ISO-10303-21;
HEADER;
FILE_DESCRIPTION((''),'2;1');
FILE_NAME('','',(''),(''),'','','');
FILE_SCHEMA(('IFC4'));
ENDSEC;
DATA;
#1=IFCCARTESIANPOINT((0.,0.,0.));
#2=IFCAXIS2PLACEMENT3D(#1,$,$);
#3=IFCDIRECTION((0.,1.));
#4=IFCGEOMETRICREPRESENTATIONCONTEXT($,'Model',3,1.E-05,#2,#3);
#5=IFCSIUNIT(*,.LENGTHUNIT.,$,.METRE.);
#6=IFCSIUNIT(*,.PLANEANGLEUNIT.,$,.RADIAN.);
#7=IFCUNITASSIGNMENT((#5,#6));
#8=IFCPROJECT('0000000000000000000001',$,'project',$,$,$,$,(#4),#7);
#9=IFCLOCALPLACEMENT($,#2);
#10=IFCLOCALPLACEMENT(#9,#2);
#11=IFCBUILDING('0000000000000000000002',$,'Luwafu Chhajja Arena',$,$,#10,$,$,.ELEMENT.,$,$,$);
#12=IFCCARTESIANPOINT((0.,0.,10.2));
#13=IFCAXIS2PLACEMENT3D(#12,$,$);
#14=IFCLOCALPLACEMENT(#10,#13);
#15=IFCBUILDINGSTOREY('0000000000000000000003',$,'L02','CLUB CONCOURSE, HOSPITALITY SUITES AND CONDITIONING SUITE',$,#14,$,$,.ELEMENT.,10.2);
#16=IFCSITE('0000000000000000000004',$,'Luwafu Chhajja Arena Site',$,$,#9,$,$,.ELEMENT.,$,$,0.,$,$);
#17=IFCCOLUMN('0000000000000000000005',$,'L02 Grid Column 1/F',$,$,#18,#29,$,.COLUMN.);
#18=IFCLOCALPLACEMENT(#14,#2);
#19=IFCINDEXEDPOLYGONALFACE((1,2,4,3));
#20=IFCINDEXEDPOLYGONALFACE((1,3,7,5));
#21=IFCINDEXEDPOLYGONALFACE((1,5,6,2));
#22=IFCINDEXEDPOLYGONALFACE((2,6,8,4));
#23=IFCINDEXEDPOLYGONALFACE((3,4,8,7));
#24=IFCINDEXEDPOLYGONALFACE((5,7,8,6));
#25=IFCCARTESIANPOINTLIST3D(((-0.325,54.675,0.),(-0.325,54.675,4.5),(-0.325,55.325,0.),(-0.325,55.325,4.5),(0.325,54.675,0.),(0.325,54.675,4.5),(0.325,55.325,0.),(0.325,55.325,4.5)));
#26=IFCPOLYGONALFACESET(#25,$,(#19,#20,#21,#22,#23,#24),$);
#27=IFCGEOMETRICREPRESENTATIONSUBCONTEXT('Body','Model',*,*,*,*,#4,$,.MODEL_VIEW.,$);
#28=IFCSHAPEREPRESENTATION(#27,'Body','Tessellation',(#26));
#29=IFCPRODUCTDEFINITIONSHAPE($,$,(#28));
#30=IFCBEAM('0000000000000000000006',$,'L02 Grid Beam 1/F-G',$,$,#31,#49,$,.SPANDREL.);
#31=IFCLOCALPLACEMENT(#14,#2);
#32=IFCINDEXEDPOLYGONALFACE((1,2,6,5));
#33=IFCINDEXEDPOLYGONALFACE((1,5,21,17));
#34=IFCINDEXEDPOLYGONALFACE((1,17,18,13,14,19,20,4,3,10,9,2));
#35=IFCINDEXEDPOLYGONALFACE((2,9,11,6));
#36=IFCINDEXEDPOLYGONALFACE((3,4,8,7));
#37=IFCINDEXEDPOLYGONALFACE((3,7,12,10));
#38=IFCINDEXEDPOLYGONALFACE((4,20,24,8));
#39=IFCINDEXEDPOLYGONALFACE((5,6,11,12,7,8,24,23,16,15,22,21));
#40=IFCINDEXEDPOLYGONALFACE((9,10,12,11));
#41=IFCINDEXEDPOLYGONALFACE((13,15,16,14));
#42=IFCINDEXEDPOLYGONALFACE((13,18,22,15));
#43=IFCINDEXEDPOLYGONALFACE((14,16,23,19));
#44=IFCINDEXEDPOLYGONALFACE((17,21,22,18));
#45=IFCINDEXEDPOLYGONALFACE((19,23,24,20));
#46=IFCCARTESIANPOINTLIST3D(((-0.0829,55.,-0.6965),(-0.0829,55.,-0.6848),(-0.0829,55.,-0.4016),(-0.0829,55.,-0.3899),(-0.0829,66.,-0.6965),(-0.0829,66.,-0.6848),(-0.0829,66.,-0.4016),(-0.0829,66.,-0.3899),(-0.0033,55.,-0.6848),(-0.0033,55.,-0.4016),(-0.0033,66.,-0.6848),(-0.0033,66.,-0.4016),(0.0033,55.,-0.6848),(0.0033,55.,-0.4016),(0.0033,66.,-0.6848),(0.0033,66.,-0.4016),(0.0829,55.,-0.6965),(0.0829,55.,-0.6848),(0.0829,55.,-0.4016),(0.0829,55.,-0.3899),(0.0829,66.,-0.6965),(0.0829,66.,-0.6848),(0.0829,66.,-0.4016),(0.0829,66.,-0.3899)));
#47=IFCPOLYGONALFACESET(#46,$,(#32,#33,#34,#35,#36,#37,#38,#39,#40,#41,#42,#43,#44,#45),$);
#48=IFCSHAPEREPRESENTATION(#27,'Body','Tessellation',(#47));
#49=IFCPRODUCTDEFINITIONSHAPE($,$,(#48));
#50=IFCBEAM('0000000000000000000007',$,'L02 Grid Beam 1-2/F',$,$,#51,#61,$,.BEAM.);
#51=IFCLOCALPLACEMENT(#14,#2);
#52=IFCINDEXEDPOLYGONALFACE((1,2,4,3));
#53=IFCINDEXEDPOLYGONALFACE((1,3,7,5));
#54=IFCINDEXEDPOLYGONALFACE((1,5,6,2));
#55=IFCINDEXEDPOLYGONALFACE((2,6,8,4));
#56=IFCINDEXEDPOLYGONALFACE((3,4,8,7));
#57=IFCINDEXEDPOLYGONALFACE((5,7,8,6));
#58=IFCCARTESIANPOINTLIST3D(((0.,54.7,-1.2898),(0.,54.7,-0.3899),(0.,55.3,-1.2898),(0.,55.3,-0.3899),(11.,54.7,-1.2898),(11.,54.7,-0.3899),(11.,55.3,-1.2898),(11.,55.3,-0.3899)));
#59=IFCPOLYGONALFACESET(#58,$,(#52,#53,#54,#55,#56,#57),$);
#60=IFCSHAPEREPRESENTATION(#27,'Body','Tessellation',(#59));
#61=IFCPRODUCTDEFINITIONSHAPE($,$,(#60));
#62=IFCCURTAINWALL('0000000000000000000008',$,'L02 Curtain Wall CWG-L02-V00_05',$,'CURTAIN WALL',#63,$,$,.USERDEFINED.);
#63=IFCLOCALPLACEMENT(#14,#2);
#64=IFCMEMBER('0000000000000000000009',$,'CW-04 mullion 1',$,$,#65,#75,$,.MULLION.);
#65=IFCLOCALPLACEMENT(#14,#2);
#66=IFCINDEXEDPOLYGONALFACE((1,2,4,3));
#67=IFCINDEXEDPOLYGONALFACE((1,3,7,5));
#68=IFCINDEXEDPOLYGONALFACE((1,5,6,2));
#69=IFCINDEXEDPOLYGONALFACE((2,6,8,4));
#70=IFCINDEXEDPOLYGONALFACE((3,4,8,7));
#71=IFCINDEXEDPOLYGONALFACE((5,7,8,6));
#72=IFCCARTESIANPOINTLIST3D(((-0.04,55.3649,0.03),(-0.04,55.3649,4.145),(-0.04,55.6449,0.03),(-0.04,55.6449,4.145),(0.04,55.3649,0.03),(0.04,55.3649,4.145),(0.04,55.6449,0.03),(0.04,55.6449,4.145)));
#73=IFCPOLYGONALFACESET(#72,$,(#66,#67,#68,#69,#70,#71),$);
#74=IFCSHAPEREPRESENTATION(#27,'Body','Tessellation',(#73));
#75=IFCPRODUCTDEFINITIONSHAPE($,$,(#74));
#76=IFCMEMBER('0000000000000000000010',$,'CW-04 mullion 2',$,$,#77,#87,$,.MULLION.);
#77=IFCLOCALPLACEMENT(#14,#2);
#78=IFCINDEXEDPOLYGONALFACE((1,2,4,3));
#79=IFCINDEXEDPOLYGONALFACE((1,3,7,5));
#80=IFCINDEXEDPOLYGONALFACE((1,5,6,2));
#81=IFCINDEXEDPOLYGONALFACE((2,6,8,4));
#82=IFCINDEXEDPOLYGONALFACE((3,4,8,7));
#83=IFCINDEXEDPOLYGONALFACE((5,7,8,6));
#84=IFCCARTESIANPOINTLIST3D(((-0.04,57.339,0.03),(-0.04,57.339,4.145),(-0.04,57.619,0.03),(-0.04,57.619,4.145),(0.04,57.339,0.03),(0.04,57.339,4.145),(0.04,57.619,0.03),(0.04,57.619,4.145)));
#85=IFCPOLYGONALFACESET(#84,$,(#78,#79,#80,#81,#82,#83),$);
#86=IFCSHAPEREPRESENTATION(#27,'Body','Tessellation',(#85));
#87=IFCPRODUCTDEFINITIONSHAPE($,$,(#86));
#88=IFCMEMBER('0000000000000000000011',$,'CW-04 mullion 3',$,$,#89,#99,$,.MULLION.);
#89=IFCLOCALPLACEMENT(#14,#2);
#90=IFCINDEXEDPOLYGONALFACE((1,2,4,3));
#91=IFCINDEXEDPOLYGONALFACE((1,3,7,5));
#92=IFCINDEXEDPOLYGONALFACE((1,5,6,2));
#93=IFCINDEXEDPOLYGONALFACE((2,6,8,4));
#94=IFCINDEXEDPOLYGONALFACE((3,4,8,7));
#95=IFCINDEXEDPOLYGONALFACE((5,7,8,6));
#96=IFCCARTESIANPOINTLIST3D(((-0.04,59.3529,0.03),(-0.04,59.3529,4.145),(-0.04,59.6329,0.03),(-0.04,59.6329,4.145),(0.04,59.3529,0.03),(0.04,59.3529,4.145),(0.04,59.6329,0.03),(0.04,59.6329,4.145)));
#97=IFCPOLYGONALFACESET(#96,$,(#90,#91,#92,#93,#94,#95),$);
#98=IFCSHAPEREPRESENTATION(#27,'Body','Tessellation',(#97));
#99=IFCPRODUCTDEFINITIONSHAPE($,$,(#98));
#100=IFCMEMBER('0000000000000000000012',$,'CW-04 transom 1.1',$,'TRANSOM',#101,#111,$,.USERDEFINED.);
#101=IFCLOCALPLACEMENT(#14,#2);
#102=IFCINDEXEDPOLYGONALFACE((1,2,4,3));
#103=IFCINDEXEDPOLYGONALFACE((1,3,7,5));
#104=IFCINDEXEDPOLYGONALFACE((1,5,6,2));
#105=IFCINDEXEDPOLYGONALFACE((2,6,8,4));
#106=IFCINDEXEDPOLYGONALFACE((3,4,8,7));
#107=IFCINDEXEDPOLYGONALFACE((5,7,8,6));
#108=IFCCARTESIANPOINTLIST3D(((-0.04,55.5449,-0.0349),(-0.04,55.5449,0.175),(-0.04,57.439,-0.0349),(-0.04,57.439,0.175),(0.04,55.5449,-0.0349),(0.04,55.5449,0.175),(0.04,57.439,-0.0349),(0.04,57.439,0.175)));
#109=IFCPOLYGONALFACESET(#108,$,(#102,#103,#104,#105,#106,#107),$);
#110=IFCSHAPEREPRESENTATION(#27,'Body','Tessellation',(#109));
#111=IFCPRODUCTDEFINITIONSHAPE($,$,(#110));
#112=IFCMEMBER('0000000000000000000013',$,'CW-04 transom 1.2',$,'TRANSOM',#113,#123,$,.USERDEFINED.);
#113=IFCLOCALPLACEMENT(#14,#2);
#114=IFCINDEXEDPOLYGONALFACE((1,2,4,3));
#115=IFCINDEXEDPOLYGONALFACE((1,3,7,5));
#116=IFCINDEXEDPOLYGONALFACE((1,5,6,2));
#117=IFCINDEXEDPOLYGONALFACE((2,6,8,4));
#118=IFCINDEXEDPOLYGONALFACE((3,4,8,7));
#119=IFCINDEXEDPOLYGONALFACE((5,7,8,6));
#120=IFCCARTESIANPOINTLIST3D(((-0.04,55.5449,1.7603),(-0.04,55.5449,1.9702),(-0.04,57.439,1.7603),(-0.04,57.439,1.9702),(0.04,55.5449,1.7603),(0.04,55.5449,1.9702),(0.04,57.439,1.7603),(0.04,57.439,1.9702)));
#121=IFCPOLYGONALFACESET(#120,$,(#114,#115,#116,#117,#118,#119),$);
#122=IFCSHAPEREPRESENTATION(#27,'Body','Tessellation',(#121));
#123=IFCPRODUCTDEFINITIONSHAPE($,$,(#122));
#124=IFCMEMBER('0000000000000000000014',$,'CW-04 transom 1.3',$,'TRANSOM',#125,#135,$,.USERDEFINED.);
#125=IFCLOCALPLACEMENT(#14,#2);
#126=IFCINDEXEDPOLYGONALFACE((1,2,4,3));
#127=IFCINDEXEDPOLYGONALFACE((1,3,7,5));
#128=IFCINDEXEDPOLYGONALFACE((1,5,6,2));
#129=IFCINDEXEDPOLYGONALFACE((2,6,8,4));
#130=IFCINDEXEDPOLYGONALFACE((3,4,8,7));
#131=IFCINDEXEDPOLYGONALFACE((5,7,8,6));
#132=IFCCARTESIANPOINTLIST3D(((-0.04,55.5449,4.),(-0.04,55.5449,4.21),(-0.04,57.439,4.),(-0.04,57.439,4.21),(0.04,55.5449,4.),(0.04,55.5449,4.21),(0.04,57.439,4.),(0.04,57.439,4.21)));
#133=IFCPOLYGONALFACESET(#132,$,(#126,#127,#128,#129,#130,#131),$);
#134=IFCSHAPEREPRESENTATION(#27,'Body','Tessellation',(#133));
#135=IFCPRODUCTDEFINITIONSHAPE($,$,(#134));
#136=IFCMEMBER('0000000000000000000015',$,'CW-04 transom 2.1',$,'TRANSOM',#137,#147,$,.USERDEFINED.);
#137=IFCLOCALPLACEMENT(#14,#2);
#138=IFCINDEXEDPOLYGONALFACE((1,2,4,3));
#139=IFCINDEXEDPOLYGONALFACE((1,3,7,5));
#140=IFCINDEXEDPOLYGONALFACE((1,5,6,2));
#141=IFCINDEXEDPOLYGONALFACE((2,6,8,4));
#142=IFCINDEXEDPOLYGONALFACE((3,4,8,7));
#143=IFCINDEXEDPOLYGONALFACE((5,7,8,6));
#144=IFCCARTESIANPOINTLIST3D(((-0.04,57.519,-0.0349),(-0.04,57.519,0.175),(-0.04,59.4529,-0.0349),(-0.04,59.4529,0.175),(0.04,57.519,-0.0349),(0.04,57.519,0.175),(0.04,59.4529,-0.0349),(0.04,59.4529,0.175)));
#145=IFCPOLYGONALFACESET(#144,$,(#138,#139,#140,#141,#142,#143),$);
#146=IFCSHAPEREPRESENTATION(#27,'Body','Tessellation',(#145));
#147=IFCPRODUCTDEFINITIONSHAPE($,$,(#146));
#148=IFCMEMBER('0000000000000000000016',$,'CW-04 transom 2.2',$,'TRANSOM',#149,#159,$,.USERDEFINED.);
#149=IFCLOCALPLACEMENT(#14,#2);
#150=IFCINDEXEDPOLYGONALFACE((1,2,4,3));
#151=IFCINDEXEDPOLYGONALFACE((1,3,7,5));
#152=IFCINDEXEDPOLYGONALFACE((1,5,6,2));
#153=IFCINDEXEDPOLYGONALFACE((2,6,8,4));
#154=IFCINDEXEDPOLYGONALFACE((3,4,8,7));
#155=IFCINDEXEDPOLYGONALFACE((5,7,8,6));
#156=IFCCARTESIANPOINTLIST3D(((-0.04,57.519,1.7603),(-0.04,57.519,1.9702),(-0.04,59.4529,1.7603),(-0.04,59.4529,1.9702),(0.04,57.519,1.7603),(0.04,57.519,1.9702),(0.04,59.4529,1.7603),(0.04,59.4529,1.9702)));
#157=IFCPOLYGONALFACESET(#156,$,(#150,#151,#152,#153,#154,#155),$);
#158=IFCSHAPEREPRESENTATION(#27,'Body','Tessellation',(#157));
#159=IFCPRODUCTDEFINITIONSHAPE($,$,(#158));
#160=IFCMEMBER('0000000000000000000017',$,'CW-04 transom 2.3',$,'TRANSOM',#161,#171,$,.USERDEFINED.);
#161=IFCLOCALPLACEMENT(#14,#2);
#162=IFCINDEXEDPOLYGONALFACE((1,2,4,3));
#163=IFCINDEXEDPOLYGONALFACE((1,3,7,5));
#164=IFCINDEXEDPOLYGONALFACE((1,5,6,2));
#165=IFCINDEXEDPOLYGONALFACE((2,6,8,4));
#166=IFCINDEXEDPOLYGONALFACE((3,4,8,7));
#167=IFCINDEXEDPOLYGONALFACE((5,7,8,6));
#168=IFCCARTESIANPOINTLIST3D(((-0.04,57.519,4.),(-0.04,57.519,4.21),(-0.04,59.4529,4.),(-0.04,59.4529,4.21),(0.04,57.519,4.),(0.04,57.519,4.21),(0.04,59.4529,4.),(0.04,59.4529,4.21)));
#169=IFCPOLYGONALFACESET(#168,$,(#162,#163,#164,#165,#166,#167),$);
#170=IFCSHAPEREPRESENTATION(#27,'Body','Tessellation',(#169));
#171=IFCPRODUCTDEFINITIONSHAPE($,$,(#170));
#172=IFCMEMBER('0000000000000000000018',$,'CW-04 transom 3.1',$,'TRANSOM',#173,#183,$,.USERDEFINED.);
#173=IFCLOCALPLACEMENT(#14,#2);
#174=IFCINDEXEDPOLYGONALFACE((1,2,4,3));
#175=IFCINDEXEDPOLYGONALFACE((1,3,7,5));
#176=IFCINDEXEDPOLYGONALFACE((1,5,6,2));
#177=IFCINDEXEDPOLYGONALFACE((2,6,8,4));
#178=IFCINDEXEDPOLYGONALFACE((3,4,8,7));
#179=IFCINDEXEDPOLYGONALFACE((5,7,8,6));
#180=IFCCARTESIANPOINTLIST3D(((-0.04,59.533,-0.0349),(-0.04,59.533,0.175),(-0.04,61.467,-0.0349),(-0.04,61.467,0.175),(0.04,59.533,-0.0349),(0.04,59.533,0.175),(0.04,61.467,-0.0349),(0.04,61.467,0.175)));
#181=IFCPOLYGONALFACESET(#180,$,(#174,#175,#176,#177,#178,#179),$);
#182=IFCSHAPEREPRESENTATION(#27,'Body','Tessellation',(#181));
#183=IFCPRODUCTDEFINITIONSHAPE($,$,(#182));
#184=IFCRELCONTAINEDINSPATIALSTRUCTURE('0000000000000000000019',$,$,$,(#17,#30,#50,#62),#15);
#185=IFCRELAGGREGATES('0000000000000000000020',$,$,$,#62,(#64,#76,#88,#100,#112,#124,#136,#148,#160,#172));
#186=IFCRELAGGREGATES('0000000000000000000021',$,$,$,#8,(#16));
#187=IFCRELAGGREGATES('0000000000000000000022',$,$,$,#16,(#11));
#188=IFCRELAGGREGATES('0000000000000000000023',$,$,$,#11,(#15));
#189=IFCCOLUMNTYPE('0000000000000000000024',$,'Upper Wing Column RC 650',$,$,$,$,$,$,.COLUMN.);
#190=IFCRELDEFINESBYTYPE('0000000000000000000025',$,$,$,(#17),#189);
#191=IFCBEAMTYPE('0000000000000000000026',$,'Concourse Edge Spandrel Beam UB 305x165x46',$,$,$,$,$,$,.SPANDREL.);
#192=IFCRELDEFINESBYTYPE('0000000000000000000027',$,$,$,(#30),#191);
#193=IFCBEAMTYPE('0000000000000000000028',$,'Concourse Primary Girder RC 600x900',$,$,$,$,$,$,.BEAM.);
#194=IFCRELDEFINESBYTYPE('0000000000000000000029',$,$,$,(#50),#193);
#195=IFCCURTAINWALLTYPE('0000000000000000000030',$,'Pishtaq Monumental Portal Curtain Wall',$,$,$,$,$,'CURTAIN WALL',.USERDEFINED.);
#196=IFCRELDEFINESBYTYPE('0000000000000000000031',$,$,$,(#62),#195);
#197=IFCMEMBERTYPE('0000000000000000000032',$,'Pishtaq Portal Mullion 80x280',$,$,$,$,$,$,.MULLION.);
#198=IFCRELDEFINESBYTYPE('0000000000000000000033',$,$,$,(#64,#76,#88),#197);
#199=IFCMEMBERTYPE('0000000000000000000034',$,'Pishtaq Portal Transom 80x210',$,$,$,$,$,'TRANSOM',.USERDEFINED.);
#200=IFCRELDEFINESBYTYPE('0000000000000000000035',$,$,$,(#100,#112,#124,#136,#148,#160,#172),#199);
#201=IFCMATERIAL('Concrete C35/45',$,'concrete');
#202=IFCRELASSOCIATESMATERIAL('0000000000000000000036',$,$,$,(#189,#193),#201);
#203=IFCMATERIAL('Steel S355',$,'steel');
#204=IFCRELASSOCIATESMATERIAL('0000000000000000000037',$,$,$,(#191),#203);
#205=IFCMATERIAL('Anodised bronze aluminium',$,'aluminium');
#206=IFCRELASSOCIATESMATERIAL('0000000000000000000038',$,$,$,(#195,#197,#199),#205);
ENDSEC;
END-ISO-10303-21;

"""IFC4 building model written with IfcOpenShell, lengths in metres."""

from ifc_helpers import new_model, si_unit, direction, frame, origin, origin_2d, place, context, subcontext, project, spatial, rectangle, i_section, extrude, material, material_profile, profile_set, type_object, element, aggregate, save


model = new_model("IFC4")

# Units and contexts
model_context = context("Model", 3, precision=1e-05, world=origin(), true_north=direction((0.0, 1.0)))
body_context = subcontext(model_context, "Body", "Model", "MODEL_VIEW")
ifc_project = project(units=[si_unit("LENGTHUNIT", "METRE"), si_unit("PLANEANGLEUNIT", "RADIAN")], contexts=[model_context])

# Site, building, storey
site_placement = place(None, origin())
site = spatial("IfcSite", under=ifc_project, at=site_placement, Name="Luwafu Chhajja Arena Site", CompositionType="ELEMENT", RefElevation=0.0)
building_placement = place(site_placement, origin())
building = spatial("IfcBuilding", under=site, at=building_placement, Name="Luwafu Chhajja Arena", CompositionType="ELEMENT")
storey_placement = place(building_placement, frame((0.0, 0.0, 10.2)))
storey = spatial("IfcBuildingStorey", under=building, at=storey_placement, Name="L02", Description="CLUB CONCOURSE, HOSPITALITY SUITES AND CONDITIONING SUITE", CompositionType="ELEMENT", Elevation=10.2)

# Column
ifc_material_1 = material(Name="Concrete C35/45", Category="concrete")
ifc_material_profile_1 = material_profile(ifc_material_1, rectangle(XDim=0.6499, YDim=0.6499, at=origin_2d()), Name="RC 650x650")
ifc_profile_set_1 = profile_set([ifc_material_profile_1], Name="Concrete C35/45")
column_type = type_object("IfcColumnType", Name="Upper Wing Column RC 650", PredefinedType="COLUMN", material=ifc_profile_set_1)
column_placement = place(storey_placement, frame((0.0, 55.0, 0.0), z_axis=(0.0, 0.0, 1.0), x_axis=(1.0, 0.0, 0.0)))
element("IfcColumn", 1, at=column_placement, inside=storey, type_object=column_type, Name="L02 Grid Column 1/F", PredefinedType="COLUMN", context=body_context, shape_type="SweptSolid", body=[
    extrude(rectangle(XDim=0.6499, YDim=0.6499, at=origin_2d()), origin(), (0.0, 0.0, 1.0), 4.5),
])

# Beams
ifc_material_2 = material(Name="Steel S355", Category="steel")
ifc_material_profile_2 = material_profile(ifc_material_2, i_section(OverallWidth=0.1658, OverallDepth=0.3066, WebThickness=0.0066, FlangeThickness=0.0117, at=origin_2d()), Name="UB 305x165x46")
ifc_profile_set_2 = profile_set([ifc_material_profile_2], Name="Steel S355")
beam_type_1 = type_object("IfcBeamType", Name="Concourse Edge Spandrel Beam UB 305x165x46", PredefinedType="SPANDREL", material=ifc_profile_set_2)
beam_1_placement = place(storey_placement, frame((0.0, 55.0, -0.5432), z_axis=(0.0, 1.0, 0.0), x_axis=(-1.0, 0.0, 0.0)))
element("IfcBeam", 2, at=beam_1_placement, inside=storey, type_object=beam_type_1, Name="L02 Grid Beam 1/F-G", PredefinedType="SPANDREL", context=body_context, shape_type="SweptSolid", body=[
    extrude(i_section(OverallWidth=0.1658, OverallDepth=0.3066, WebThickness=0.0066, FlangeThickness=0.0117, at=origin_2d()), origin(), (0.0, 0.0, 1.0), 11.0),
])
ifc_material_profile_3 = material_profile(ifc_material_1, rectangle(XDim=0.6001, YDim=0.8999, at=origin_2d()), Name="RC 600x900")
ifc_profile_set_3 = profile_set([ifc_material_profile_3], Name="Concrete C35/45")
beam_type_2 = type_object("IfcBeamType", Name="Concourse Primary Girder RC 600x900", PredefinedType="BEAM", material=ifc_profile_set_3)
beam_2_placement = place(storey_placement, frame((0.0, 55.0, -0.8398), z_axis=(1.0, 0.0, 0.0), x_axis=(0.0, 1.0, 0.0)))
element("IfcBeam", 3, at=beam_2_placement, inside=storey, type_object=beam_type_2, Name="L02 Grid Beam 1-2/F", PredefinedType="BEAM", context=body_context, shape_type="SweptSolid", body=[
    extrude(rectangle(XDim=0.6001, YDim=0.8999, at=origin_2d()), origin(), (0.0, 0.0, 1.0), 11.0),
])

# Curtain wall, members
ifc_material_3 = material(Name="Anodised bronze aluminium", Category="aluminium")
curtain_wall_type = type_object("IfcCurtainWallType", Name="Pishtaq Monumental Portal Curtain Wall", ElementType="CURTAIN WALL", PredefinedType="USERDEFINED", material=ifc_material_3)
curtain_wall_placement = place(storey_placement, origin())
curtain_wall = element("IfcCurtainWall", 4, at=curtain_wall_placement, inside=storey, type_object=curtain_wall_type, Name="L02 Curtain Wall CWG-L02-V00_05", ObjectType="CURTAIN WALL", PredefinedType="USERDEFINED")
ifc_material_profile_4 = material_profile(ifc_material_3, rectangle(XDim=0.0801, YDim=0.28, at=origin_2d()), Name="CWM 80x280")
ifc_profile_set_4 = profile_set([ifc_material_profile_4], Name="Anodised bronze aluminium")
member_type_1 = type_object("IfcMemberType", Name="Pishtaq Portal Mullion 80x280", PredefinedType="MULLION", material=ifc_profile_set_4)
member_1_placement = place(storey_placement, frame((0.0, 55.5049, 0.03), z_axis=(0.0, 0.0, 1.0), x_axis=(-1.0, 0.0, 0.0)))
member_1 = element("IfcMember", 5, at=member_1_placement, type_object=member_type_1, Name="CW-04 mullion 1", PredefinedType="MULLION", context=body_context, shape_type="SweptSolid", body=[
    extrude(rectangle(XDim=0.0801, YDim=0.28, at=origin_2d()), origin(), (0.0, 0.0, 1.0), 4.115),
])
member_2_placement = place(storey_placement, frame((0.0, 57.479, 0.03), z_axis=(0.0, 0.0, 1.0), x_axis=(-1.0, 0.0, 0.0)))
member_2 = element("IfcMember", 6, at=member_2_placement, type_object=member_type_1, Name="CW-04 mullion 2", PredefinedType="MULLION", context=body_context, shape_type="SweptSolid", body=[
    extrude(rectangle(XDim=0.0801, YDim=0.28, at=origin_2d()), origin(), (0.0, 0.0, 1.0), 4.115),
])
member_3_placement = place(storey_placement, frame((0.0, 59.4929, 0.03), z_axis=(0.0, 0.0, 1.0), x_axis=(-1.0, 0.0, 0.0)))
member_3 = element("IfcMember", 7, at=member_3_placement, type_object=member_type_1, Name="CW-04 mullion 3", PredefinedType="MULLION", context=body_context, shape_type="SweptSolid", body=[
    extrude(rectangle(XDim=0.0801, YDim=0.28, at=origin_2d()), origin(), (0.0, 0.0, 1.0), 4.115),
])
ifc_material_profile_5 = material_profile(ifc_material_3, rectangle(XDim=0.0801, YDim=0.21, at=origin_2d()), Name="CWT 80x210")
ifc_profile_set_5 = profile_set([ifc_material_profile_5], Name="Anodised bronze aluminium")
member_type_2 = type_object("IfcMemberType", Name="Pishtaq Portal Transom 80x210", ElementType="TRANSOM", PredefinedType="USERDEFINED", material=ifc_profile_set_5)
member_4_placement = place(storey_placement, frame((0.0, 55.5449, 0.0701), z_axis=(0.0, 1.0, 0.0), x_axis=(-1.0, 0.0, 0.0)))
member_4 = element("IfcMember", 8, at=member_4_placement, type_object=member_type_2, Name="CW-04 transom 1.1", ObjectType="TRANSOM", PredefinedType="USERDEFINED", context=body_context, shape_type="SweptSolid", body=[
    extrude(rectangle(XDim=0.0801, YDim=0.21, at=origin_2d()), origin(), (0.0, 0.0, 1.0), 1.894),
])
member_5_placement = place(storey_placement, frame((0.0, 55.5449, 1.8652), z_axis=(0.0, 1.0, 0.0), x_axis=(-1.0, 0.0, 0.0)))
member_5 = element("IfcMember", 9, at=member_5_placement, type_object=member_type_2, Name="CW-04 transom 1.2", ObjectType="TRANSOM", PredefinedType="USERDEFINED", context=body_context, shape_type="SweptSolid", body=[
    extrude(rectangle(XDim=0.0801, YDim=0.21, at=origin_2d()), origin(), (0.0, 0.0, 1.0), 1.894),
])
member_6_placement = place(storey_placement, frame((0.0, 55.5449, 4.105), z_axis=(0.0, 1.0, 0.0), x_axis=(-1.0, 0.0, 0.0)))
member_6 = element("IfcMember", 10, at=member_6_placement, type_object=member_type_2, Name="CW-04 transom 1.3", ObjectType="TRANSOM", PredefinedType="USERDEFINED", context=body_context, shape_type="SweptSolid", body=[
    extrude(rectangle(XDim=0.0801, YDim=0.21, at=origin_2d()), origin(), (0.0, 0.0, 1.0), 1.894),
])
member_7_placement = place(storey_placement, frame((0.0, 57.519, 0.0701), z_axis=(0.0, 1.0, 0.0), x_axis=(-1.0, 0.0, 0.0)))
member_7 = element("IfcMember", 11, at=member_7_placement, type_object=member_type_2, Name="CW-04 transom 2.1", ObjectType="TRANSOM", PredefinedType="USERDEFINED", context=body_context, shape_type="SweptSolid", body=[
    extrude(rectangle(XDim=0.0801, YDim=0.21, at=origin_2d()), origin(), (0.0, 0.0, 1.0), 1.9338),
])
member_8_placement = place(storey_placement, frame((0.0, 57.519, 1.8652), z_axis=(0.0, 1.0, 0.0), x_axis=(-1.0, 0.0, 0.0)))
member_8 = element("IfcMember", 12, at=member_8_placement, type_object=member_type_2, Name="CW-04 transom 2.2", ObjectType="TRANSOM", PredefinedType="USERDEFINED", context=body_context, shape_type="SweptSolid", body=[
    extrude(rectangle(XDim=0.0801, YDim=0.21, at=origin_2d()), origin(), (0.0, 0.0, 1.0), 1.9338),
])
member_9_placement = place(storey_placement, frame((0.0, 57.519, 4.105), z_axis=(0.0, 1.0, 0.0), x_axis=(-1.0, 0.0, 0.0)))
member_9 = element("IfcMember", 13, at=member_9_placement, type_object=member_type_2, Name="CW-04 transom 2.3", ObjectType="TRANSOM", PredefinedType="USERDEFINED", context=body_context, shape_type="SweptSolid", body=[
    extrude(rectangle(XDim=0.0801, YDim=0.21, at=origin_2d()), origin(), (0.0, 0.0, 1.0), 1.9338),
])
member_10_placement = place(storey_placement, frame((0.0, 59.533, 0.0701), z_axis=(0.0, 1.0, 0.0), x_axis=(-1.0, 0.0, 0.0)))
member_10 = element("IfcMember", 14, at=member_10_placement, type_object=member_type_2, Name="CW-04 transom 3.1", ObjectType="TRANSOM", PredefinedType="USERDEFINED", context=body_context, shape_type="SweptSolid", body=[
    extrude(rectangle(XDim=0.0801, YDim=0.21, at=origin_2d()), origin(), (0.0, 0.0, 1.0), 1.9341),
])
aggregate(curtain_wall, [member_1, member_2, member_3, member_4, member_5, member_6, member_7, member_8, member_9, member_10])

save(model, "model.ifc")
